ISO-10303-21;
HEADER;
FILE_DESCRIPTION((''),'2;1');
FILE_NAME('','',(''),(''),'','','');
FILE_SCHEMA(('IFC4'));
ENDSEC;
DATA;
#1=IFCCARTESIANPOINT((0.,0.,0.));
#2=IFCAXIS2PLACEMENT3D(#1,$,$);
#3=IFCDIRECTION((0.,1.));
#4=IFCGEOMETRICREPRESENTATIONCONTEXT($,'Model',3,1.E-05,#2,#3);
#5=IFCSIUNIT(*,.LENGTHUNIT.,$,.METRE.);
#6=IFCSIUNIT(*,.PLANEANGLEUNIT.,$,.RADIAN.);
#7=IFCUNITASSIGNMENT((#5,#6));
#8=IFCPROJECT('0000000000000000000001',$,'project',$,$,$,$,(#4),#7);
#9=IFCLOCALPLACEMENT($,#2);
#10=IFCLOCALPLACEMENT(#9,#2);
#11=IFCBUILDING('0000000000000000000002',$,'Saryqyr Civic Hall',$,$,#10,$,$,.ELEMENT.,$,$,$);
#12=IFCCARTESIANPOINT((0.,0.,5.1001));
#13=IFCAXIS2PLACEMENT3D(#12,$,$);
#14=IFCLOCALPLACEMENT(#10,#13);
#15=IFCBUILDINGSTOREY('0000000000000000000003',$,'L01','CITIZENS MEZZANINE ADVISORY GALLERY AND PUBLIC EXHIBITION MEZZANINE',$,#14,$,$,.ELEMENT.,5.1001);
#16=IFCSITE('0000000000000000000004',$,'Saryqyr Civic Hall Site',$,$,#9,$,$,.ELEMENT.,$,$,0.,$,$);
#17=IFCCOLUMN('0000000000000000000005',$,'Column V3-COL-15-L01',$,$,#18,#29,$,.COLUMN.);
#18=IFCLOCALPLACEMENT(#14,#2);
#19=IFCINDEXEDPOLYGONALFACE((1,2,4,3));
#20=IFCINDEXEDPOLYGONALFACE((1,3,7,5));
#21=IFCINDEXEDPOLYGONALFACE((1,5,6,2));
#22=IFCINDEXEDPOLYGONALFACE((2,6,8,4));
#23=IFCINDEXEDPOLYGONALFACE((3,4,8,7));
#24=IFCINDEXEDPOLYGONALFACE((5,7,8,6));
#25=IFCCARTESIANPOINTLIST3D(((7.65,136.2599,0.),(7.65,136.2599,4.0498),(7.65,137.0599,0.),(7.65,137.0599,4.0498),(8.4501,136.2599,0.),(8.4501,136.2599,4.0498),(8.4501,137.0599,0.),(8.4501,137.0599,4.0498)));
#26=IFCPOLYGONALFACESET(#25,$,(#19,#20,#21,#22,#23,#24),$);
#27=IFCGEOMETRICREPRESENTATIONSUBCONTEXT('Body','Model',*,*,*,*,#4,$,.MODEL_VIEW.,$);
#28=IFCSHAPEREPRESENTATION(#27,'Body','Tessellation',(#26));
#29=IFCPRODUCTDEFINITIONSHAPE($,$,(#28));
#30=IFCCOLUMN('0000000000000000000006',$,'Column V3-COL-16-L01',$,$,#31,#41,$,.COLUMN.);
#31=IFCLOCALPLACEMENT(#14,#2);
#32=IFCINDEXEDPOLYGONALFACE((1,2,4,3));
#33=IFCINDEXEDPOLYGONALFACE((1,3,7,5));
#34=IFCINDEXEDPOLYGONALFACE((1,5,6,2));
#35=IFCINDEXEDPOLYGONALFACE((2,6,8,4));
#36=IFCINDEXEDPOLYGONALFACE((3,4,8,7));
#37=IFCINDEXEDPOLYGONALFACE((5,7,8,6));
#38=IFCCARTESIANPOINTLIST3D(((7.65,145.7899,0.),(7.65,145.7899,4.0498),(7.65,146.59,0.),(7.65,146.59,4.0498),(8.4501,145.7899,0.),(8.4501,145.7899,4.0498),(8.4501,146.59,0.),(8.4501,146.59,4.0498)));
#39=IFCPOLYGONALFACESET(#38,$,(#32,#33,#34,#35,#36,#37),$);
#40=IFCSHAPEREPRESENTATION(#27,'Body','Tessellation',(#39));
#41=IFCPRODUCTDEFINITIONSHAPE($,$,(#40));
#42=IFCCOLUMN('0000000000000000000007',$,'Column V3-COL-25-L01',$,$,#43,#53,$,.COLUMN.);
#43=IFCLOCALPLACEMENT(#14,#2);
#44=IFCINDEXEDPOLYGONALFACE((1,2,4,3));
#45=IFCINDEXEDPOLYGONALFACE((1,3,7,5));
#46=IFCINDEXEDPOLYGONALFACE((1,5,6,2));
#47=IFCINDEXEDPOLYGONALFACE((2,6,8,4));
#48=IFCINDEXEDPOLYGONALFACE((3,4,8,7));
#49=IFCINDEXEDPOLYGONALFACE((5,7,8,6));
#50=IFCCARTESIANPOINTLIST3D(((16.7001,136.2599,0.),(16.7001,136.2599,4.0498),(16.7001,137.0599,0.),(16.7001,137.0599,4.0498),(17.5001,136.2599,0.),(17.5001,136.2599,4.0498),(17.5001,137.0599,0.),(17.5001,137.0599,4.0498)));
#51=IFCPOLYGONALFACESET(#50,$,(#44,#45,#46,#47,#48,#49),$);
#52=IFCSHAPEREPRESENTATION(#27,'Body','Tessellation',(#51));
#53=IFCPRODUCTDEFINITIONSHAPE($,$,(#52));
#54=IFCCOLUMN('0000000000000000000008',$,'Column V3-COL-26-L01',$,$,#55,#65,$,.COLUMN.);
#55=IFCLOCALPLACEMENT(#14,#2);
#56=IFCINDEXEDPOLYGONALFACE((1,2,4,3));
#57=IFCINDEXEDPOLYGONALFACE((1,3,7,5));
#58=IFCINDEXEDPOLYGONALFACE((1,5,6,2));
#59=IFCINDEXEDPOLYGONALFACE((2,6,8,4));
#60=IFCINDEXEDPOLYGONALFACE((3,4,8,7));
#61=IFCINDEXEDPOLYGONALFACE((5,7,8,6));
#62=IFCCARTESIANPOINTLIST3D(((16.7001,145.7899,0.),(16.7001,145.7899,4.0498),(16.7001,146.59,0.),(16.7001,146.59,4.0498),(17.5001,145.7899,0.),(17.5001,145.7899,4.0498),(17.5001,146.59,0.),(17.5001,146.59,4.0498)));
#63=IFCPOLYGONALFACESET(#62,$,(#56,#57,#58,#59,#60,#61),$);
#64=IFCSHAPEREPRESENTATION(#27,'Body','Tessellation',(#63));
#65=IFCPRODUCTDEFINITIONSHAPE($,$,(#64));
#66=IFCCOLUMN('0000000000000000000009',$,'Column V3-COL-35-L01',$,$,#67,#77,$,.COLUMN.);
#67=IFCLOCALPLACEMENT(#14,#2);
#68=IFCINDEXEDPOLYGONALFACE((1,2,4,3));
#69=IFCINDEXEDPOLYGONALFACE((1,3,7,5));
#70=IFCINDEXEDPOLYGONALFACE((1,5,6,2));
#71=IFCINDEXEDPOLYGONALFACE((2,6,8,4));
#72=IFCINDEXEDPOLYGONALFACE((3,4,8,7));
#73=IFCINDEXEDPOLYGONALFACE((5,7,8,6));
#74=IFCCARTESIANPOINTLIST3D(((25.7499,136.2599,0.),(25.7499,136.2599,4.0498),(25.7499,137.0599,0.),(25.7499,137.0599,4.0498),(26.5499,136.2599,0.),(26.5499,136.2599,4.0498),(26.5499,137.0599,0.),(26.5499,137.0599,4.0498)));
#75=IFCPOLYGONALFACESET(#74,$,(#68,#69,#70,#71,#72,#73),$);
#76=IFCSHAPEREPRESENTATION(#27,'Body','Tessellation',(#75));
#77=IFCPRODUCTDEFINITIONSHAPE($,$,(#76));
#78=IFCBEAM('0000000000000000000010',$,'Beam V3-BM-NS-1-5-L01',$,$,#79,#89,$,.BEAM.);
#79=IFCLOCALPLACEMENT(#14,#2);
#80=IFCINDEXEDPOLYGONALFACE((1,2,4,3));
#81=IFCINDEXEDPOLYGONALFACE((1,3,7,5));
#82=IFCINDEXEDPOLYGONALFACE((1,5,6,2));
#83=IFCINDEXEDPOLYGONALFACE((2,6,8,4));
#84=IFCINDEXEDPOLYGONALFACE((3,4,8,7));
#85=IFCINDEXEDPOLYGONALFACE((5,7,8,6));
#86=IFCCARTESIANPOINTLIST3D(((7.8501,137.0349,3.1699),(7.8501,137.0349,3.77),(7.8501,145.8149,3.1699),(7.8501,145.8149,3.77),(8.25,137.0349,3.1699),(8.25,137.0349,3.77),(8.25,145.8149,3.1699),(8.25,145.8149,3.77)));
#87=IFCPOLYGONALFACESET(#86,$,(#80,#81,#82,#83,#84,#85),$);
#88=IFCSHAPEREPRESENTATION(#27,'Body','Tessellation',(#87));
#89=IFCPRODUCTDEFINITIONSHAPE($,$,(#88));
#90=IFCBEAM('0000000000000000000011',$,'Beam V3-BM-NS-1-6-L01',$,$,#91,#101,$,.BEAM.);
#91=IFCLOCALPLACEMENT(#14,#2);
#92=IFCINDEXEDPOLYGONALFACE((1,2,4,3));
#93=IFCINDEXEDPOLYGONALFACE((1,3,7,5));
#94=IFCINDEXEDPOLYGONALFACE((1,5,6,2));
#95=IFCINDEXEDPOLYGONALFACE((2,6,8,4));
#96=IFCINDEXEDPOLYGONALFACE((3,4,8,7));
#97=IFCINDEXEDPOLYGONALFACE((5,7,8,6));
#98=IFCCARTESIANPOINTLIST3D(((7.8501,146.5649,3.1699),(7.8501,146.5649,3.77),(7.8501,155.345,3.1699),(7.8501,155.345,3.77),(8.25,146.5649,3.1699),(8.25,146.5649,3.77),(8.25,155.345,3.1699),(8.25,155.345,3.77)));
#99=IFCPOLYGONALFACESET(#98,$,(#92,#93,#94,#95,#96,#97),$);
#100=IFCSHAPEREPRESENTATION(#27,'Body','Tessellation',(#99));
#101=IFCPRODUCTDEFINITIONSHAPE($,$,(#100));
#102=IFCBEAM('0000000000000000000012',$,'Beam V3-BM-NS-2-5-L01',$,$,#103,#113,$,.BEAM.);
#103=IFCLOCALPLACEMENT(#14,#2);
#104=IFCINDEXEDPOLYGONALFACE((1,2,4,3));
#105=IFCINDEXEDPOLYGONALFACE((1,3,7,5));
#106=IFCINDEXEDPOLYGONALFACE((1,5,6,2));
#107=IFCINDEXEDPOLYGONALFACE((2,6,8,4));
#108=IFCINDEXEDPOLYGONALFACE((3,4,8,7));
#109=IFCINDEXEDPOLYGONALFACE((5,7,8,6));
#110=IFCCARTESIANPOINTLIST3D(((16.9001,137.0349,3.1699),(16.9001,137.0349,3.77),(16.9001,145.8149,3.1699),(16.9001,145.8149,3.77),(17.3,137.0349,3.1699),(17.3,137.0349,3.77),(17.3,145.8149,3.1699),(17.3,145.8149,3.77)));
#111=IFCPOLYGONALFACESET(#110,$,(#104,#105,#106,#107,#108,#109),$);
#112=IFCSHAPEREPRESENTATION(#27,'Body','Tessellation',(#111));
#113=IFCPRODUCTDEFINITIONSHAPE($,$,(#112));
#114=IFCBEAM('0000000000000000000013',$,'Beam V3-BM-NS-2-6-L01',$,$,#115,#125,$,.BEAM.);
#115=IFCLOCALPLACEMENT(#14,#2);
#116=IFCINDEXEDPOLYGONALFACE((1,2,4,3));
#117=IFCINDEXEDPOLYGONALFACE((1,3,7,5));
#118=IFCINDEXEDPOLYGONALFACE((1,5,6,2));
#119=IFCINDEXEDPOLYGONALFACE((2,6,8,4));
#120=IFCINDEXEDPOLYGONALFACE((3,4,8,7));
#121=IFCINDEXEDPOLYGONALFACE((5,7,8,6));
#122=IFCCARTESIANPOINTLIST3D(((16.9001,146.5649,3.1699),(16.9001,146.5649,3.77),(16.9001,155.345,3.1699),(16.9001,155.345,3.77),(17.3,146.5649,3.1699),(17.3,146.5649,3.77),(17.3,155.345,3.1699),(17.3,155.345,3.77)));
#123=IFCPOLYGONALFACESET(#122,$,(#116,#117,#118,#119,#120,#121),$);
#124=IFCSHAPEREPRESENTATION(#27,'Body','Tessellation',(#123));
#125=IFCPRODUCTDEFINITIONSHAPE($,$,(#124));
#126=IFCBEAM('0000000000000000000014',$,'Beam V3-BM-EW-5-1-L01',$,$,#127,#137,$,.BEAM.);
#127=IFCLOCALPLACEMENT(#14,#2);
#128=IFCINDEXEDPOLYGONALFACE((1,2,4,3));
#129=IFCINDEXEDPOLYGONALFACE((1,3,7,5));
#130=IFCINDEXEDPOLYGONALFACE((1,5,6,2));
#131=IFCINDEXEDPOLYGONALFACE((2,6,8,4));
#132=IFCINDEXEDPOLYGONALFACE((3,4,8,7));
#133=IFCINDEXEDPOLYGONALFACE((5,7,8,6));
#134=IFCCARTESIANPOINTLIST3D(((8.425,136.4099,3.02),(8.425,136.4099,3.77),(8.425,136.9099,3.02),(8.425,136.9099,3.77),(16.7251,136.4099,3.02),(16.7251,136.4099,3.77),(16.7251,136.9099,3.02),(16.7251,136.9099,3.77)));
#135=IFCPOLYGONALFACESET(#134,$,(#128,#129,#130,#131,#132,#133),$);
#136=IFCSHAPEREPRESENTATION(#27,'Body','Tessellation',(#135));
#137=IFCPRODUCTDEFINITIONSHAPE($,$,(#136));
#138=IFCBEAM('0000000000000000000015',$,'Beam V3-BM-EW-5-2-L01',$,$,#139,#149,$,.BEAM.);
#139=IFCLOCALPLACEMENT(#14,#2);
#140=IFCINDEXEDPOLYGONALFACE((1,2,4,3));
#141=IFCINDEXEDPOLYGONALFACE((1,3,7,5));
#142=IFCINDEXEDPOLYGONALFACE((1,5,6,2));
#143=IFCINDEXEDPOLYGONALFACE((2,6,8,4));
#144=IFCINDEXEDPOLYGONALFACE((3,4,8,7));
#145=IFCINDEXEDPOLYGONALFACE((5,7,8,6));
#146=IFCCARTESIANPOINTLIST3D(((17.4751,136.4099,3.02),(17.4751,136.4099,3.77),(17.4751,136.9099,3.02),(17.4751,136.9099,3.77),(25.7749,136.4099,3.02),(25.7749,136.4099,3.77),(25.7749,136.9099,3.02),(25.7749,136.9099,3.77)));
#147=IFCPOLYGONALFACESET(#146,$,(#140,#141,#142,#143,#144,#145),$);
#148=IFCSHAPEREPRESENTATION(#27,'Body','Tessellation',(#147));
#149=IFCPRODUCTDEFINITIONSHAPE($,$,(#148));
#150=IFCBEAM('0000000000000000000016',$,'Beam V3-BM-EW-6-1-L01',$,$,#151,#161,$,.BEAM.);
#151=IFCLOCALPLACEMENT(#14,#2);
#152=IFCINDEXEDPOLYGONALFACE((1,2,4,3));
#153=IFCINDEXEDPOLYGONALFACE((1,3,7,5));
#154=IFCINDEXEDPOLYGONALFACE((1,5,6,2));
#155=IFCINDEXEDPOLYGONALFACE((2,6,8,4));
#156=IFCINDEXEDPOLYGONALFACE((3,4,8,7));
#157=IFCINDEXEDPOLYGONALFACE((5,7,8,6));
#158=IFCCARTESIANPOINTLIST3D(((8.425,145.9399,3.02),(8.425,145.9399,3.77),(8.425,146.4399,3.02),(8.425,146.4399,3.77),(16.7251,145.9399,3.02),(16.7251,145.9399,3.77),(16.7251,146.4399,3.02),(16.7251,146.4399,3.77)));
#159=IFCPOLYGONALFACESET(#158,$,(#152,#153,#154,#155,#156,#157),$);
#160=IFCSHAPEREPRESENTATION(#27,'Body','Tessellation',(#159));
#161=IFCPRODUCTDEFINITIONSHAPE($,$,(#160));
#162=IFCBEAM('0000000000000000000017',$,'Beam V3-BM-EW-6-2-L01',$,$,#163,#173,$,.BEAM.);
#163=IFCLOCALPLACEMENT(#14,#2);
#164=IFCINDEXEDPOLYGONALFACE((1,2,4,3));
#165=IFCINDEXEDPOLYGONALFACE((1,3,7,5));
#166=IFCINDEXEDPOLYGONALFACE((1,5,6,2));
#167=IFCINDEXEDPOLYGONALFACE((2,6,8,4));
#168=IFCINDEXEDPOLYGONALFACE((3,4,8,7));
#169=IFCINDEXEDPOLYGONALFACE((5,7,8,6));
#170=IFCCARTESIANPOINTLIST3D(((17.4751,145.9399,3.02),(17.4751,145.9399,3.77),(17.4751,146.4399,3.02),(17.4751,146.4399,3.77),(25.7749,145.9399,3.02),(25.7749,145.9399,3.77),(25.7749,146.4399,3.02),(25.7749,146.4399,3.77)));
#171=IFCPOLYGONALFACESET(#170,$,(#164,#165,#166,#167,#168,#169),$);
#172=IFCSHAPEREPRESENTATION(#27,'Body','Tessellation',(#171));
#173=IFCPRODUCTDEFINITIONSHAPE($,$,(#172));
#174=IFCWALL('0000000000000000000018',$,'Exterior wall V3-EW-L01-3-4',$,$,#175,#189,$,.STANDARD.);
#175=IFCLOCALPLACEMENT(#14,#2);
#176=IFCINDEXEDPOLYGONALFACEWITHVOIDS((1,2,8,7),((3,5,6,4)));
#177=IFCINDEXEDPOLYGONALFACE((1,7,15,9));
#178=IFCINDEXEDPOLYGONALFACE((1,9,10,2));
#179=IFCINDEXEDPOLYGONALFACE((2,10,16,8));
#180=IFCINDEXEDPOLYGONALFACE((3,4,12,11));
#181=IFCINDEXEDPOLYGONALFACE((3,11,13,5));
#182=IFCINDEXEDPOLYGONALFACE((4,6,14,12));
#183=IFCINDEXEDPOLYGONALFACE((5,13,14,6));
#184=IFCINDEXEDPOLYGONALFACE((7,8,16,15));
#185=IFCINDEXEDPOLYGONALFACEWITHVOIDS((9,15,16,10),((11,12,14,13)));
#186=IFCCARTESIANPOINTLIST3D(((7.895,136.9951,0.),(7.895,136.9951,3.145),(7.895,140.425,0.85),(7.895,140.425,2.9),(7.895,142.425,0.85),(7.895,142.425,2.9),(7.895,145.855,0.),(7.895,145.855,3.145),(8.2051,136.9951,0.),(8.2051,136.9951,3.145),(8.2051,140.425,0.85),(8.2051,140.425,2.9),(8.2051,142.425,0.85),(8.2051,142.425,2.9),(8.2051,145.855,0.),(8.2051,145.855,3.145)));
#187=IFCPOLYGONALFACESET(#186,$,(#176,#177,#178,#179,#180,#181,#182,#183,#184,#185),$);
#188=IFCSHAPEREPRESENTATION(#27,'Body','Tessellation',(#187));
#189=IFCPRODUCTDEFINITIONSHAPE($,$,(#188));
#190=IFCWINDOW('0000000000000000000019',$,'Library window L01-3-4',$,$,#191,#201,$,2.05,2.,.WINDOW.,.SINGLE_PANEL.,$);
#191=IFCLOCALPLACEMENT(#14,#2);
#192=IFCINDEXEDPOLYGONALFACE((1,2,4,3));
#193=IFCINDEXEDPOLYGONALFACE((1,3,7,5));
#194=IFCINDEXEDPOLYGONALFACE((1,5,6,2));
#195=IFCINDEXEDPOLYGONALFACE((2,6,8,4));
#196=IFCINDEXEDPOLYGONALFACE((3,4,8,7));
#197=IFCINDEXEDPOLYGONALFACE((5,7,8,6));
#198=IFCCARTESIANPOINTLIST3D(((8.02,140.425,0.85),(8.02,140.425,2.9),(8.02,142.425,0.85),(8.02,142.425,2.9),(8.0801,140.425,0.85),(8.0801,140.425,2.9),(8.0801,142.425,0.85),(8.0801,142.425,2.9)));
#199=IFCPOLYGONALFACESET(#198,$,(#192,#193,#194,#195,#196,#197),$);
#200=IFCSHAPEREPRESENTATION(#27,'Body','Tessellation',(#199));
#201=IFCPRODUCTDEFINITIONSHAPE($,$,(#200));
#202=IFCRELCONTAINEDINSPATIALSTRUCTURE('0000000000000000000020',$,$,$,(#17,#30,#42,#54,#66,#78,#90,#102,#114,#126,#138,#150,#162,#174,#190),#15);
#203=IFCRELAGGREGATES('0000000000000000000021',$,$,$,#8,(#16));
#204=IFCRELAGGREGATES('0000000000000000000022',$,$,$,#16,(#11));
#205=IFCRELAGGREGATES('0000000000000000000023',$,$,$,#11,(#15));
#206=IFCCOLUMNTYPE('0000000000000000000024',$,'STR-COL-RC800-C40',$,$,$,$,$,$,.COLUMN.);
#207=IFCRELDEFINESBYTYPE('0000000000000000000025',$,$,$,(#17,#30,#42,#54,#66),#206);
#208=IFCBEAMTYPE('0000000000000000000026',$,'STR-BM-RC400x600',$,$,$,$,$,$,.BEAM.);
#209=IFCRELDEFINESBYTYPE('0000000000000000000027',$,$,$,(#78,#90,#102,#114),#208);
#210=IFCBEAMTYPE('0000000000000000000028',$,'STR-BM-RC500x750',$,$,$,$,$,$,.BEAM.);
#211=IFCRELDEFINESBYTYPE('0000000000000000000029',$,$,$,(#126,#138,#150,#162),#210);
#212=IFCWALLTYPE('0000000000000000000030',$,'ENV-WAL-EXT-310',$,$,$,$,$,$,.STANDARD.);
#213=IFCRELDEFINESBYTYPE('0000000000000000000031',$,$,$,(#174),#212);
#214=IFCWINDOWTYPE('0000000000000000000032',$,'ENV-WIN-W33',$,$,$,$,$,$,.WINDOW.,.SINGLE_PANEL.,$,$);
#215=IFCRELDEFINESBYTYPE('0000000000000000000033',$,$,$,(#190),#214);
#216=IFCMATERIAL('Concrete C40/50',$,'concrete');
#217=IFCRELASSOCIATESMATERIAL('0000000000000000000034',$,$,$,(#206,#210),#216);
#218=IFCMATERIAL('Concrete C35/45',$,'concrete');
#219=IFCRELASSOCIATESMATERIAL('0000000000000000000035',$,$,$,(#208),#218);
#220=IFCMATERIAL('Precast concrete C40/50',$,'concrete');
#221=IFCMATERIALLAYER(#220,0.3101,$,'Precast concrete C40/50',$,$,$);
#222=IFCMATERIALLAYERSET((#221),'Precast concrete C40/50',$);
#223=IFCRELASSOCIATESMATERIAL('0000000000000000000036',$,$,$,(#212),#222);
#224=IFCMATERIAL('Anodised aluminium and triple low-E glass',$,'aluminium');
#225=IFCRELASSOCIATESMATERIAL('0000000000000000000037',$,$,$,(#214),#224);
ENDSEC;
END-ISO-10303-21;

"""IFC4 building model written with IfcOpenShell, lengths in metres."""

from ifc_helpers import new_model, si_unit, direction, frame, frame_2d, origin, origin_2d, place, context, subcontext, project, spatial, rectangle, extrude, material, layer, layer_set, material_profile, profile_set, type_object, element, fill, save


model = new_model("IFC4")

# Units and contexts
model_context = context("Model", 3, precision=1e-05, world=origin(), true_north=direction((0.0, 1.0)))
body_context = subcontext(model_context, "Body", "Model", "MODEL_VIEW")
ifc_project = project(units=[si_unit("LENGTHUNIT", "METRE"), si_unit("PLANEANGLEUNIT", "RADIAN")], contexts=[model_context])

# Site, building, storey
site_placement = place(None, origin())
site = spatial("IfcSite", under=ifc_project, at=site_placement, Name="Saryqyr Civic Hall Site", CompositionType="ELEMENT", RefElevation=0.0)
building_placement = place(site_placement, origin())
building = spatial("IfcBuilding", under=site, at=building_placement, Name="Saryqyr Civic Hall", CompositionType="ELEMENT")
storey_placement = place(building_placement, frame((0.0, 0.0, 5.1001)))
storey = spatial("IfcBuildingStorey", under=building, at=storey_placement, Name="L01", Description="CITIZENS MEZZANINE ADVISORY GALLERY AND PUBLIC EXHIBITION MEZZANINE", CompositionType="ELEMENT", Elevation=5.1001)

# Columns
ifc_material_1 = material(Name="Concrete C40/50", Category="concrete")
ifc_material_profile_1 = material_profile(ifc_material_1, rectangle(XDim=0.8, YDim=0.8, at=origin_2d()), Name="RC 800x800")
ifc_profile_set_1 = profile_set([ifc_material_profile_1], Name="Concrete C40/50")
column_type = type_object("IfcColumnType", Name="STR-COL-RC800-C40", PredefinedType="COLUMN", material=ifc_profile_set_1)
for number, where, z_axis, x_axis, name in (
    (1, (8.05, 136.6599, 0.0), (0.0, 0.0, 1.0), (1.0, 0.0, 0.0), "Column V3-COL-15-L01"),
    (2, (8.05, 146.1899, 0.0), (0.0, 0.0, 1.0), (1.0, 0.0, 0.0), "Column V3-COL-16-L01"),
    (3, (17.1001, 136.6599, 0.0), (0.0, 0.0, 1.0), (1.0, 0.0, 0.0), "Column V3-COL-25-L01"),
    (4, (17.1001, 146.1899, 0.0), (0.0, 0.0, 1.0), (1.0, 0.0, 0.0), "Column V3-COL-26-L01"),
    (5, (26.1499, 136.6599, 0.0), (0.0, 0.0, 1.0), (1.0, 0.0, 0.0), "Column V3-COL-35-L01"),
):
    element("IfcColumn", number, at=place(storey_placement, frame(where, z_axis=z_axis, x_axis=x_axis)), inside=storey, type_object=column_type, Name=name, PredefinedType="COLUMN", context=body_context, shape_type="SweptSolid", body=[
        extrude(rectangle(XDim=0.8, YDim=0.8, at=origin_2d()), origin(), (0.0, 0.0, 1.0), 4.0498),
    ])

# Beams
ifc_material_2 = material(Name="Concrete C35/45", Category="concrete")
ifc_material_profile_2 = material_profile(ifc_material_2, rectangle(XDim=0.3999, YDim=0.6001, at=origin_2d()), Name="RC 400x600")
ifc_profile_set_2 = profile_set([ifc_material_profile_2], Name="Concrete C35/45")
beam_type_1 = type_object("IfcBeamType", Name="STR-BM-RC400x600", PredefinedType="BEAM", material=ifc_profile_set_2)
for number, where, z_axis, x_axis, name in (
    (6, (8.05, 137.0349, 3.47), (0.0, 1.0, 0.0), (-1.0, 0.0, 0.0), "Beam V3-BM-NS-1-5-L01"),
    (7, (8.05, 146.5649, 3.47), (0.0, 1.0, 0.0), (-1.0, 0.0, 0.0), "Beam V3-BM-NS-1-6-L01"),
    (8, (17.1001, 137.0349, 3.47), (0.0, 1.0, 0.0), (-1.0, 0.0, 0.0), "Beam V3-BM-NS-2-5-L01"),
    (9, (17.1001, 146.5649, 3.47), (0.0, 1.0, 0.0), (-1.0, 0.0, 0.0), "Beam V3-BM-NS-2-6-L01"),
):
    element("IfcBeam", number, at=place(storey_placement, frame(where, z_axis=z_axis, x_axis=x_axis)), inside=storey, type_object=beam_type_1, Name=name, PredefinedType="BEAM", context=body_context, shape_type="SweptSolid", body=[
        extrude(rectangle(XDim=0.3999, YDim=0.6001, at=origin_2d()), origin(), (0.0, 0.0, 1.0), 8.78),
    ])
ifc_material_profile_3 = material_profile(ifc_material_1, rectangle(XDim=0.5, YDim=0.75, at=origin_2d()), Name="RC 500x750")
ifc_profile_set_3 = profile_set([ifc_material_profile_3], Name="Concrete C40/50")
beam_type_2 = type_object("IfcBeamType", Name="STR-BM-RC500x750", PredefinedType="BEAM", material=ifc_profile_set_3)
beam_1_placement = place(storey_placement, frame((8.425, 136.6599, 3.395), z_axis=(1.0, 0.0, 0.0), x_axis=(0.0, 1.0, 0.0)))
element("IfcBeam", 10, at=beam_1_placement, inside=storey, type_object=beam_type_2, Name="Beam V3-BM-EW-5-1-L01", PredefinedType="BEAM", context=body_context, shape_type="SweptSolid", body=[
    extrude(rectangle(XDim=0.5, YDim=0.75, at=origin_2d()), origin(), (0.0, 0.0, 1.0), 8.3),
])
beam_2_placement = place(storey_placement, frame((17.4751, 136.6599, 3.395), z_axis=(1.0, 0.0, 0.0), x_axis=(0.0, 1.0, 0.0)))
element("IfcBeam", 11, at=beam_2_placement, inside=storey, type_object=beam_type_2, Name="Beam V3-BM-EW-5-2-L01", PredefinedType="BEAM", context=body_context, shape_type="SweptSolid", body=[
    extrude(rectangle(XDim=0.5, YDim=0.75, at=origin_2d()), origin(), (0.0, 0.0, 1.0), 8.2998),
])
beam_3_placement = place(storey_placement, frame((8.425, 146.1899, 3.395), z_axis=(1.0, 0.0, 0.0), x_axis=(0.0, 1.0, 0.0)))
element("IfcBeam", 12, at=beam_3_placement, inside=storey, type_object=beam_type_2, Name="Beam V3-BM-EW-6-1-L01", PredefinedType="BEAM", context=body_context, shape_type="SweptSolid", body=[
    extrude(rectangle(XDim=0.5, YDim=0.75, at=origin_2d()), origin(), (0.0, 0.0, 1.0), 8.3),
])
beam_4_placement = place(storey_placement, frame((17.4751, 146.1899, 3.395), z_axis=(1.0, 0.0, 0.0), x_axis=(0.0, 1.0, 0.0)))
element("IfcBeam", 13, at=beam_4_placement, inside=storey, type_object=beam_type_2, Name="Beam V3-BM-EW-6-2-L01", PredefinedType="BEAM", context=body_context, shape_type="SweptSolid", body=[
    extrude(rectangle(XDim=0.5, YDim=0.75, at=origin_2d()), origin(), (0.0, 0.0, 1.0), 8.2998),
])

# Wall, opening, window
ifc_material_3 = material(Name="Precast concrete C40/50", Category="concrete")
ifc_layer_1 = layer(ifc_material_3, 0.3101, Name="Precast concrete C40/50")
ifc_layer_set_1 = layer_set([ifc_layer_1], Name="Precast concrete C40/50")
wall_type_1 = type_object("IfcWallType", Name="ENV-WAL-EXT-310", PredefinedType="STANDARD", material=ifc_layer_set_1)
wall_1_placement = place(storey_placement, frame((8.05, 136.9951, 0.0), z_axis=(0.0, 0.0, 1.0), x_axis=(0.0, 1.0, 0.0)))
wall_1 = element("IfcWall", 14, at=wall_1_placement, inside=storey, type_object=wall_type_1, Name="Exterior wall V3-EW-L01-3-4", PredefinedType="STANDARD", context=body_context, shape_type="SweptSolid", body=[
    extrude(rectangle(XDim=8.8599, YDim=0.3101, at=frame_2d((4.4299, 0.0))), origin(), (0.0, 0.0, 1.0), 3.145),
])
opening_1_placement = place(wall_1_placement, frame((3.4299, 0.0, 0.8501)))
opening_1 = element("IfcOpeningElement", 15, at=opening_1_placement, cuts=wall_1, PredefinedType="OPENING", context=body_context, shape_type="SweptSolid", body=[
    extrude(rectangle(XDim=2.0, YDim=2.05, at=frame_2d((1.0, 1.0249))), frame((0.0, 0.165, 0.0), z_axis=(0.0, -1.0, 0.0), x_axis=(1.0, 0.0, 0.0)), (0.0, 0.0, 1.0), 0.3301),
])
ifc_material_4 = material(Name="Anodised aluminium and triple low-E glass", Category="aluminium")
window_type_1 = type_object("IfcWindowType", Name="ENV-WIN-W33", PartitioningType="SINGLE_PANEL", PredefinedType="WINDOW", material=ifc_material_4)
window_1_placement = place(opening_1_placement, origin())
window_1 = element("IfcWindow", 16, at=window_1_placement, inside=storey, type_object=window_type_1, Name="Library window L01-3-4", OverallHeight=2.05, OverallWidth=2.0, PartitioningType="SINGLE_PANEL", PredefinedType="WINDOW", context=body_context, shape_type="SweptSolid", body=[
    extrude(rectangle(XDim=2.0, YDim=2.05, at=frame_2d((1.0, 1.0249))), frame((0.0, 0.03, 0.0), z_axis=(0.0, -1.0, 0.0), x_axis=(1.0, 0.0, 0.0)), (0.0, 0.0, 1.0), 0.0601),
])
fill(opening_1, window_1)

save(model, "model.ifc")
